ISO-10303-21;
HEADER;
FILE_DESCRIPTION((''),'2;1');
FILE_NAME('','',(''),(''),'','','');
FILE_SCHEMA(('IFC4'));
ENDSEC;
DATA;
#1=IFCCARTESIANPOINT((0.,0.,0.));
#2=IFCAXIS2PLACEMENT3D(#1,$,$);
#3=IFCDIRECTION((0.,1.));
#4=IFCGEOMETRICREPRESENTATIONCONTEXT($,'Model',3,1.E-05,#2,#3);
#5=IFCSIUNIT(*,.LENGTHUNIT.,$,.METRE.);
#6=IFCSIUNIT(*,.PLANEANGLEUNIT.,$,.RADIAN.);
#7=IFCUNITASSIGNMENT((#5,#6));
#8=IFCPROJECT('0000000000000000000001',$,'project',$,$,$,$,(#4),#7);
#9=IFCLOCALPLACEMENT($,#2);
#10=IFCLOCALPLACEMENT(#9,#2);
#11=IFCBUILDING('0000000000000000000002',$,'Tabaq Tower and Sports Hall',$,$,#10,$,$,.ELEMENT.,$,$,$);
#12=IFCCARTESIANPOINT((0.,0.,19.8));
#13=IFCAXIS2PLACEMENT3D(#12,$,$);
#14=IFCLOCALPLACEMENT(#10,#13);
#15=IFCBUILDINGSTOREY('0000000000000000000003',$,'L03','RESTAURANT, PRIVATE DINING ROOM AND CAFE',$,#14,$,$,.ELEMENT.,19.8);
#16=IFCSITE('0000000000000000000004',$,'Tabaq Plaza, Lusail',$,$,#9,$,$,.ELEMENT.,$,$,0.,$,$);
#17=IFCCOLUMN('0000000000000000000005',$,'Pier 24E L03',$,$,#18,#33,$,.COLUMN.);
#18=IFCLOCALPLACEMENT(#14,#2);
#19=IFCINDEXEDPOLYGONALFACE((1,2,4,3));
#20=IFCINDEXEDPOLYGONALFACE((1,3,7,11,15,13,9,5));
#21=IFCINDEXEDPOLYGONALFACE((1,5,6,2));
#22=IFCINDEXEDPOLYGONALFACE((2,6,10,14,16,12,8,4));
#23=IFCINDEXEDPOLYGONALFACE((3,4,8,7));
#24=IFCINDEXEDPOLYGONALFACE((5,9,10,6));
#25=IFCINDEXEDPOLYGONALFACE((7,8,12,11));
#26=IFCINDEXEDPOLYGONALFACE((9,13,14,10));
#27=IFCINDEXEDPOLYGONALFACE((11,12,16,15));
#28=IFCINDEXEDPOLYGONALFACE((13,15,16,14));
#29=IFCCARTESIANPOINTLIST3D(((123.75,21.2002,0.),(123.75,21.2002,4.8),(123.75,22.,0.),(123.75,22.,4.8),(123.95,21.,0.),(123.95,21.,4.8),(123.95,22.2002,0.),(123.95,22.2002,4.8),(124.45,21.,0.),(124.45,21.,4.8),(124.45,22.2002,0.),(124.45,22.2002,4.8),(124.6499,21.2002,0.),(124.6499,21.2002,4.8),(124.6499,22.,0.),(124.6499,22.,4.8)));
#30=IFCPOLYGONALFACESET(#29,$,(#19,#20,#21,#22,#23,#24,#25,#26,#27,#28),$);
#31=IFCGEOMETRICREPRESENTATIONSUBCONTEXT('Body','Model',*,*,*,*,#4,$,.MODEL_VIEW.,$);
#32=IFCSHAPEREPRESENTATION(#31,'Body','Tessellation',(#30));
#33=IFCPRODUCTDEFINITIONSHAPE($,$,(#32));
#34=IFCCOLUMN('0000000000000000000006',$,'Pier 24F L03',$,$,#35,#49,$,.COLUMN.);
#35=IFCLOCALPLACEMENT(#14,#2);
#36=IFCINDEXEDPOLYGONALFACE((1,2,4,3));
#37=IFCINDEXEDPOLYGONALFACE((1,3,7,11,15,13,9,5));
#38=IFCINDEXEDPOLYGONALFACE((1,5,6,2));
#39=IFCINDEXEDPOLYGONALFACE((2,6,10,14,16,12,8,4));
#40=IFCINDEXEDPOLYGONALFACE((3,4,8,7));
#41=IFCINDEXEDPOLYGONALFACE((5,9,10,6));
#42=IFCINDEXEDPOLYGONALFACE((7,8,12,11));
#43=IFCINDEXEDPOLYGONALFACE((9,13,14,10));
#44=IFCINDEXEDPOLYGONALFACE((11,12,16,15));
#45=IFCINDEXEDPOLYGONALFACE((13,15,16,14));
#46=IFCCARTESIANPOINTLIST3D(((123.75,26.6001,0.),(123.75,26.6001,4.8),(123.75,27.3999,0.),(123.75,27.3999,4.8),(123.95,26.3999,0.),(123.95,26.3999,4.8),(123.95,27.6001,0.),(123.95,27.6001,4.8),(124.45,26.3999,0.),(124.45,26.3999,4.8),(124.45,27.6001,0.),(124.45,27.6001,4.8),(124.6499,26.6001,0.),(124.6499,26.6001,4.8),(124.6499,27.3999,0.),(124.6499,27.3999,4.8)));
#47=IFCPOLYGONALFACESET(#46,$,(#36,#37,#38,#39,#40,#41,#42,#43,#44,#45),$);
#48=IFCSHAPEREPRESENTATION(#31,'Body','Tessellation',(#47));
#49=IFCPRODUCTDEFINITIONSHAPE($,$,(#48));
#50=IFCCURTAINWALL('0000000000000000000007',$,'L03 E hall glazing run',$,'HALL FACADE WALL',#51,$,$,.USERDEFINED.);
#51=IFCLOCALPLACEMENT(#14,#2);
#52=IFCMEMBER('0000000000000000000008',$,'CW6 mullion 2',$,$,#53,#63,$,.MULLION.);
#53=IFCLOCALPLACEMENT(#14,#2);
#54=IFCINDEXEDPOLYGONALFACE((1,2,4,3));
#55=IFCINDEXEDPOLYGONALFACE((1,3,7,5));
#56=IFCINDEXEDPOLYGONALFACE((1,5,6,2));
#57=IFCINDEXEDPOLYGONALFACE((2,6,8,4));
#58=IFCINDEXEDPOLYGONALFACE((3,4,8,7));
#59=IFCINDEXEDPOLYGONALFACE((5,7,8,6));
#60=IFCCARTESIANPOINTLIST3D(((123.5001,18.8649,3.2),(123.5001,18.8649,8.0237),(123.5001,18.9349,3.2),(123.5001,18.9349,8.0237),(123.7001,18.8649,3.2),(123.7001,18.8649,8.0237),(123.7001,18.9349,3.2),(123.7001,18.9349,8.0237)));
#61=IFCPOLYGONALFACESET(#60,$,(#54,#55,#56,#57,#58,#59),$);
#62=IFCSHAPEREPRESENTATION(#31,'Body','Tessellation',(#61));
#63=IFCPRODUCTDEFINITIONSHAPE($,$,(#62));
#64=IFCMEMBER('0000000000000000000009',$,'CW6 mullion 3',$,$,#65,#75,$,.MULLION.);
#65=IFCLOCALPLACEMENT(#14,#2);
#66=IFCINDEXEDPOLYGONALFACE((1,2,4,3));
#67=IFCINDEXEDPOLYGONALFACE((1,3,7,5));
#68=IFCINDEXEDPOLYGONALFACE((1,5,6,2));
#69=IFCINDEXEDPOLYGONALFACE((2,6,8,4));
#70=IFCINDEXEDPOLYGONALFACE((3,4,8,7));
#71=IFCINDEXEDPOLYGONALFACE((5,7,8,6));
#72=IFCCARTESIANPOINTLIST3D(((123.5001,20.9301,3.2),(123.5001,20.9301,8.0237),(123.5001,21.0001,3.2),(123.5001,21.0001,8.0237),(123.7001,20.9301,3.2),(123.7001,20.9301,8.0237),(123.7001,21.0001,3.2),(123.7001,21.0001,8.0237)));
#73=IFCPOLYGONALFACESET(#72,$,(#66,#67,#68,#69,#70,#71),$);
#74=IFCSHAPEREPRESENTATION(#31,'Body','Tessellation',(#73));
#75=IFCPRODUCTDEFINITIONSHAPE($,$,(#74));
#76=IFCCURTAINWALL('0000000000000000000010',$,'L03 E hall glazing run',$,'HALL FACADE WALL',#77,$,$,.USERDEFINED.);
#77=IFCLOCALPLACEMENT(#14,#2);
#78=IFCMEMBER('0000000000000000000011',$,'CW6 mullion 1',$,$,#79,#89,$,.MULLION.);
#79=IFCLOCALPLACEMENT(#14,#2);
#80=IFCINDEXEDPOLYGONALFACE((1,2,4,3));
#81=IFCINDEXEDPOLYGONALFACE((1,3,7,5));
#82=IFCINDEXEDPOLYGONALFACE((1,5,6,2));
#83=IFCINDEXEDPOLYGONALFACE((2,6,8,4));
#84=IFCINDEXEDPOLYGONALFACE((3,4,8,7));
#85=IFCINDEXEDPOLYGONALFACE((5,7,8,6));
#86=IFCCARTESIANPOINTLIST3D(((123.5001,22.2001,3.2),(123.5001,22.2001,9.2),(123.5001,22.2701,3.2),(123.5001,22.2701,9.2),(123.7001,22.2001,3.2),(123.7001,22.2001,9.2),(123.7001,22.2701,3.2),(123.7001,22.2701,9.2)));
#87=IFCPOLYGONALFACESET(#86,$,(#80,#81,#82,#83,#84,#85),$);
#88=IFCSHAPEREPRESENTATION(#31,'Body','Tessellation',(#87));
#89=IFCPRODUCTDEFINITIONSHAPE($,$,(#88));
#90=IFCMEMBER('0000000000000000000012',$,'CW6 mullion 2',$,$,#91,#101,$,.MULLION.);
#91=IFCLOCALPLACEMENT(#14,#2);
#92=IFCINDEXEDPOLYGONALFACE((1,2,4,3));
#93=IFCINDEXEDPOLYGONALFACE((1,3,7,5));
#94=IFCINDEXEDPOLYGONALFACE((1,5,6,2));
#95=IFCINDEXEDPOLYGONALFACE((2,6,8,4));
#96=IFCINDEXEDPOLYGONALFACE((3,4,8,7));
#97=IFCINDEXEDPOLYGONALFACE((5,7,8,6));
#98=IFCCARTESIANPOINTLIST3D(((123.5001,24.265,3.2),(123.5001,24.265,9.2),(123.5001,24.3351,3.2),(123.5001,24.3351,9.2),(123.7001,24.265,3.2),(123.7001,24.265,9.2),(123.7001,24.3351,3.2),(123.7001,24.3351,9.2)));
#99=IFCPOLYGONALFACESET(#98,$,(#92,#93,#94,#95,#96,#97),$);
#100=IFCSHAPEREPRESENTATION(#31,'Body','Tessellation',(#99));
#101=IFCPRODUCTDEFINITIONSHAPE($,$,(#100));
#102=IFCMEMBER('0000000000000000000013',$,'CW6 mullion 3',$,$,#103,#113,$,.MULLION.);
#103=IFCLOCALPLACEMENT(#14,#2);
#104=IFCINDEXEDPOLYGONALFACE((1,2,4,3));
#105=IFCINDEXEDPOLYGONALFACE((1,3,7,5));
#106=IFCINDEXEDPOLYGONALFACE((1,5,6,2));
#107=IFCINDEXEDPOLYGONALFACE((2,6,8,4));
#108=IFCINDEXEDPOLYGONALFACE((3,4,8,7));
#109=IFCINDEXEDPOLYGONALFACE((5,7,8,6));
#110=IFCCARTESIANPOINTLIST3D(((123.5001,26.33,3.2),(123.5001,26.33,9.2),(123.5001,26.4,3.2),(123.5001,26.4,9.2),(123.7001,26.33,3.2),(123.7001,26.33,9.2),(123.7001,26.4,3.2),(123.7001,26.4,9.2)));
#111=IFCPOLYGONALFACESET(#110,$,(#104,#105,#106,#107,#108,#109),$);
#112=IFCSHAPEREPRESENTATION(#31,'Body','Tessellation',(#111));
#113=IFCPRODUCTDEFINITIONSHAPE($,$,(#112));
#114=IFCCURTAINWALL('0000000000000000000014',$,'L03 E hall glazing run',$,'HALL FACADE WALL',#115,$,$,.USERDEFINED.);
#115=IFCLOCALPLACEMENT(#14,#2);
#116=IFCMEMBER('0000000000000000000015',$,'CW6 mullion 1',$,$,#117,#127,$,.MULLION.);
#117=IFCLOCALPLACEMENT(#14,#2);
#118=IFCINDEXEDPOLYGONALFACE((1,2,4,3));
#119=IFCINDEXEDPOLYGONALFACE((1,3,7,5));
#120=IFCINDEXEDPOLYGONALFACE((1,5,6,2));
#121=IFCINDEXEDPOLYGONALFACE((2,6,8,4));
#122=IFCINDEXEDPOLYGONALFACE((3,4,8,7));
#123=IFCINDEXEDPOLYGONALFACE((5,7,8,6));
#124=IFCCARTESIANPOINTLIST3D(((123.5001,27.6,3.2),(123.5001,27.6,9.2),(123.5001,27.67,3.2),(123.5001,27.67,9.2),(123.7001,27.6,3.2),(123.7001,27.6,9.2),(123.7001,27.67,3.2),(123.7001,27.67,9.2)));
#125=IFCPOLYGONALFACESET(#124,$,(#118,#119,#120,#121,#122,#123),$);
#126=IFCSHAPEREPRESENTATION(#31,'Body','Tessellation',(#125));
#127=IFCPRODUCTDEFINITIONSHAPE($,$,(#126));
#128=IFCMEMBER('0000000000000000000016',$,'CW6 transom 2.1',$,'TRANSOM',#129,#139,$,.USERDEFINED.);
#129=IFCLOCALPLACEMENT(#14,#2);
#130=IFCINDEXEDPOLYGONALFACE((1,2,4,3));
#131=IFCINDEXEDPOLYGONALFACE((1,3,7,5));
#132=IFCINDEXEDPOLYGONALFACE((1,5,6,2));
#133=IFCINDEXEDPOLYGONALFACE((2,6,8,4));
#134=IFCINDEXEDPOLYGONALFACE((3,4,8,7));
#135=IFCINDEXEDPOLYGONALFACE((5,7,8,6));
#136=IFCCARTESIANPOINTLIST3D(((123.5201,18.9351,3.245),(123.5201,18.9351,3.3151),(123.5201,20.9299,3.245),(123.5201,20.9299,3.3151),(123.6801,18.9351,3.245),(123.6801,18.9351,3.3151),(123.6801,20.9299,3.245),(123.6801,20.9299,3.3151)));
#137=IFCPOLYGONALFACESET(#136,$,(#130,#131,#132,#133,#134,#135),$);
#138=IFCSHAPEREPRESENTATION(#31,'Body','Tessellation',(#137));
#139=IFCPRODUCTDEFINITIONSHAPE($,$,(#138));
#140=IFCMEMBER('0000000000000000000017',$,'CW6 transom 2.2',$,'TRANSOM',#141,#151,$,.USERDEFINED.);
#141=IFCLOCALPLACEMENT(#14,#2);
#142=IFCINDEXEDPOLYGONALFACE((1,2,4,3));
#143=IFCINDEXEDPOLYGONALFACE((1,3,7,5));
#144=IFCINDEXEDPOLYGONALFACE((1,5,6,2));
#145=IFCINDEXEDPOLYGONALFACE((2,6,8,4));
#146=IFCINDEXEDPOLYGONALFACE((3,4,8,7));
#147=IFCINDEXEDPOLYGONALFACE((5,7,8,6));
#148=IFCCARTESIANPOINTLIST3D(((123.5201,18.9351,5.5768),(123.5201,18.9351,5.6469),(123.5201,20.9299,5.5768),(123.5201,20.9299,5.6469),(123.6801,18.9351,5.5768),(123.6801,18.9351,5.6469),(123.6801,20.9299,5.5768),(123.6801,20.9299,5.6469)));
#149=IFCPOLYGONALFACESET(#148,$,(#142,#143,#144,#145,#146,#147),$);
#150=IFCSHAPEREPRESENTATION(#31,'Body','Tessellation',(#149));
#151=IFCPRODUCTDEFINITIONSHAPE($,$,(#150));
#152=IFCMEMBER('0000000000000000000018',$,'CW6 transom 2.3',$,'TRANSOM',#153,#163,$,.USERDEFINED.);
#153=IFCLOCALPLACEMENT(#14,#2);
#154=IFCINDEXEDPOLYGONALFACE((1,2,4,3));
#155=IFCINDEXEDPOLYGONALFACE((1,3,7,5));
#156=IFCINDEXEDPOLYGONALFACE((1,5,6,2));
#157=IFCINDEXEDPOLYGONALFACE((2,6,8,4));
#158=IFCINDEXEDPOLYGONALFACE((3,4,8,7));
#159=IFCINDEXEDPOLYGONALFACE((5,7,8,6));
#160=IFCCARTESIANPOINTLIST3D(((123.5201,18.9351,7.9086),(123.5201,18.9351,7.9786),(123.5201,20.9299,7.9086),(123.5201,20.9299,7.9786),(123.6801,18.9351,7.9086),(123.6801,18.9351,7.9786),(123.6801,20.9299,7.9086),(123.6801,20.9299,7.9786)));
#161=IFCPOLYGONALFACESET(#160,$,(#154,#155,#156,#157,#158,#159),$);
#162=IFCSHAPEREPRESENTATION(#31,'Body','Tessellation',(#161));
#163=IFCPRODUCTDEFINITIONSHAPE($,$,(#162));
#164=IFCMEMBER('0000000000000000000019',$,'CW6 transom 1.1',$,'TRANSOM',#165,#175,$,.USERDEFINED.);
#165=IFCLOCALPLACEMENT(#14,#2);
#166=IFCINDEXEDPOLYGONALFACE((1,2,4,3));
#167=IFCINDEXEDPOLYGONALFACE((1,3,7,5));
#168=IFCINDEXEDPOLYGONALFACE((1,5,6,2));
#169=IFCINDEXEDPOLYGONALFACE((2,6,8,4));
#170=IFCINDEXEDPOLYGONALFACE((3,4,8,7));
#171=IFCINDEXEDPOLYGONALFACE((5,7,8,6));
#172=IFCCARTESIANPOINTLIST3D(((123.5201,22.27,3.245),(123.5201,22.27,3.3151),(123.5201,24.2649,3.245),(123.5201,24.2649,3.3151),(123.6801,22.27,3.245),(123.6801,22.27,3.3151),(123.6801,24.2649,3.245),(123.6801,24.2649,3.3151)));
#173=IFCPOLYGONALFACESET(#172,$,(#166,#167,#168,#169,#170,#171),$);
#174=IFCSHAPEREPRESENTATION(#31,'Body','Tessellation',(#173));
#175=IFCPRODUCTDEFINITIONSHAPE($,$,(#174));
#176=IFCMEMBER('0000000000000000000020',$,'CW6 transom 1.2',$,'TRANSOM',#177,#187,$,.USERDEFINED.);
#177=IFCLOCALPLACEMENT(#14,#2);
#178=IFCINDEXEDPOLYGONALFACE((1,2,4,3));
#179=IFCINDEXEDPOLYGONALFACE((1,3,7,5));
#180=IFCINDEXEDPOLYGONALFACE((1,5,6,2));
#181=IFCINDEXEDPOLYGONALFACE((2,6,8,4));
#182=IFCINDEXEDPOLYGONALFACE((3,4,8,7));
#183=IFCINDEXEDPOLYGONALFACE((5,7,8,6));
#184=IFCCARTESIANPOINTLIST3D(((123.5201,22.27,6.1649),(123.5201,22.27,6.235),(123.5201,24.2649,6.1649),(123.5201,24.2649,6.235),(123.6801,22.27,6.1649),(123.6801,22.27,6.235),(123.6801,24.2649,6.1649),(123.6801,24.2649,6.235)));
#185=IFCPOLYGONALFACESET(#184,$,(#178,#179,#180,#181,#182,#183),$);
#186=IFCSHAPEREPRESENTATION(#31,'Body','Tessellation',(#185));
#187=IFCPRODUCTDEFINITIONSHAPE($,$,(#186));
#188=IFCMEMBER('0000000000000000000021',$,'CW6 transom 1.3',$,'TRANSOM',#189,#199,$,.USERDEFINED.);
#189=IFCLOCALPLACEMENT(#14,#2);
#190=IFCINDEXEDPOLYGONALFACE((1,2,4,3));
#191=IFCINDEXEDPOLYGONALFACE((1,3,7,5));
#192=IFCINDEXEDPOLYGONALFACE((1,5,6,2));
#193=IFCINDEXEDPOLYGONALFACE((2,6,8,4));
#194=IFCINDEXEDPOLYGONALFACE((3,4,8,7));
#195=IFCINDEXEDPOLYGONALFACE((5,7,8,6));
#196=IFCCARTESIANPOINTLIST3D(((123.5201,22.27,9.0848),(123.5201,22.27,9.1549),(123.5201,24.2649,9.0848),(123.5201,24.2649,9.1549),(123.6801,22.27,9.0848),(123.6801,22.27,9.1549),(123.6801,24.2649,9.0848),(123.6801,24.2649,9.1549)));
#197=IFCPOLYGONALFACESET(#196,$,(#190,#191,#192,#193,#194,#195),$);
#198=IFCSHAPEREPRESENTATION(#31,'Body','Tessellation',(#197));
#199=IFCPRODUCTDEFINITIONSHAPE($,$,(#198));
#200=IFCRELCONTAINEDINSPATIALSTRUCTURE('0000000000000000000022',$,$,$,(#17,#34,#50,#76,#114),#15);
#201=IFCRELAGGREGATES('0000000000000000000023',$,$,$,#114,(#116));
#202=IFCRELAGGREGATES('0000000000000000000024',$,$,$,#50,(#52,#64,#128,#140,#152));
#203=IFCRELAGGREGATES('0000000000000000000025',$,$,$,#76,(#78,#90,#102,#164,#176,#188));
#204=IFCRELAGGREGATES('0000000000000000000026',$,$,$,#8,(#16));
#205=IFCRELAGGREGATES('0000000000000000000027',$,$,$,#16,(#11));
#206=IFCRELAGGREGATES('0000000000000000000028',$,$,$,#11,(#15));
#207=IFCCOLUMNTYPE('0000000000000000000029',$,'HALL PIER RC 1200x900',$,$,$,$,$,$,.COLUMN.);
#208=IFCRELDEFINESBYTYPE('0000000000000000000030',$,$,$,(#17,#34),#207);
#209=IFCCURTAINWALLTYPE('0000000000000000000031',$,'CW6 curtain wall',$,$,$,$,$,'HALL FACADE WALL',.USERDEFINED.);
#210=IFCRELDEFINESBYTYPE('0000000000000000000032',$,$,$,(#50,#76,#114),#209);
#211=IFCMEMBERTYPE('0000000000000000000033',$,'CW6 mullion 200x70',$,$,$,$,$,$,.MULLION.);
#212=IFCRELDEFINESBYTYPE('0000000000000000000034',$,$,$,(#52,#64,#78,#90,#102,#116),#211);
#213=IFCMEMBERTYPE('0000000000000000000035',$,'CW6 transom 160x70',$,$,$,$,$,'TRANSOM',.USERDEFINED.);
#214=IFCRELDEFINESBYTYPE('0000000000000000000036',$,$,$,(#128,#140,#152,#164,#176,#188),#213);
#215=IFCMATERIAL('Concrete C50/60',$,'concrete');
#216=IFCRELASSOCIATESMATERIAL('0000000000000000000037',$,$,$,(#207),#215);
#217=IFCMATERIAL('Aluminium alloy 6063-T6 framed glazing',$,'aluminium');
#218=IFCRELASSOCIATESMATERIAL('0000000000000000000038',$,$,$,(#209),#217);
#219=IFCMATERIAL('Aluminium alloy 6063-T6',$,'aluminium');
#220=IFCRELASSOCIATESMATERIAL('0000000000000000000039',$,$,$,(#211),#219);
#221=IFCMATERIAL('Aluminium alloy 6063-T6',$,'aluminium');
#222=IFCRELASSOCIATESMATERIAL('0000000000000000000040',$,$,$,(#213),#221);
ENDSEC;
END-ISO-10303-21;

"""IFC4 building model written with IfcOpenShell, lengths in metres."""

from ifc_helpers import new_model, si_unit, direction, frame, origin, origin_2d, place, context, subcontext, project, spatial, polyline, rectangle, outline, extrude, material, material_profile, profile_set, type_object, element, aggregate, save


model = new_model("IFC4")

# Units and contexts
model_context = context("Model", 3, precision=1e-05, world=origin(), true_north=direction((0.0, 1.0)))
body_context = subcontext(model_context, "Body", "Model", "MODEL_VIEW")
ifc_project = project(units=[si_unit("LENGTHUNIT", "METRE"), si_unit("PLANEANGLEUNIT", "RADIAN")], contexts=[model_context])

# Site, building, storey
site_placement = place(None, origin())
site = spatial("IfcSite", under=ifc_project, at=site_placement, Name="Tabaq Plaza, Lusail", CompositionType="ELEMENT", RefElevation=0.0)
building_placement = place(site_placement, origin())
building = spatial("IfcBuilding", under=site, at=building_placement, Name="Tabaq Tower and Sports Hall", CompositionType="ELEMENT")
storey_placement = place(building_placement, frame((0.0, 0.0, 19.8)))
storey = spatial("IfcBuildingStorey", under=building, at=storey_placement, Name="L03", Description="RESTAURANT, PRIVATE DINING ROOM AND CAFE", CompositionType="ELEMENT", Elevation=19.8)

# Columns
ifc_material_1 = material(Name="Concrete C50/60", Category="concrete")
ifc_material_profile_1 = material_profile(ifc_material_1, outline(polyline([(-0.3999, -0.45), (0.3999, -0.45), (0.6001, -0.25), (0.6001, 0.25), (0.3999, 0.45), (-0.3999, 0.45), (-0.6001, 0.25), (-0.6001, -0.25), (-0.3999, -0.45)])), Name="PIER 1200x900")
ifc_profile_set_1 = profile_set([ifc_material_profile_1], Name="Concrete C50/60")
column_type = type_object("IfcColumnType", Name="HALL PIER RC 1200x900", PredefinedType="COLUMN", material=ifc_profile_set_1)
for number, where, z_axis, x_axis, name in (
    (1, (124.2, 21.6001, 0.0), (0.0, 0.0, 1.0), (0.0, 1.0, 0.0), "Pier 24E L03"),
    (2, (124.2, 27.0, 0.0), (0.0, 0.0, 1.0), (0.0, 1.0, 0.0), "Pier 24F L03"),
):
    element("IfcColumn", number, at=place(storey_placement, frame(where, z_axis=z_axis, x_axis=x_axis)), inside=storey, type_object=column_type, Name=name, PredefinedType="COLUMN", context=body_context, shape_type="SweptSolid", body=[
        extrude(outline(polyline([(-0.3999, -0.45), (0.3999, -0.45), (0.6001, -0.25), (0.6001, 0.25), (0.3999, 0.45), (-0.3999, 0.45), (-0.6001, 0.25), (-0.6001, -0.25), (-0.3999, -0.45)])), origin(), (0.0, 0.0, 1.0), 4.8),
    ])

# Curtain walls, members
ifc_material_2 = material(Name="Aluminium alloy 6063-T6 framed glazing", Category="aluminium")
curtain_wall_type = type_object("IfcCurtainWallType", Name="CW6 curtain wall", ElementType="HALL FACADE WALL", PredefinedType="USERDEFINED", material=ifc_material_2)
curtain_wall_1_placement = place(storey_placement, origin())
curtain_wall_1 = element("IfcCurtainWall", 3, at=curtain_wall_1_placement, inside=storey, type_object=curtain_wall_type, Name="L03 E hall glazing run", ObjectType="HALL FACADE WALL", PredefinedType="USERDEFINED")
ifc_material_3 = material(Name="Aluminium alloy 6063-T6", Category="aluminium")
ifc_material_profile_2 = material_profile(ifc_material_3, rectangle(XDim=0.2, YDim=0.0701, at=origin_2d()), Name="MULLION 200x70")
ifc_profile_set_2 = profile_set([ifc_material_profile_2], Name="Aluminium alloy 6063-T6")
member_type_1 = type_object("IfcMemberType", Name="CW6 mullion 200x70", PredefinedType="MULLION", material=ifc_profile_set_2)
member_1_placement = place(storey_placement, frame((123.6001, 18.8999, 3.2), z_axis=(0.0, 0.0, 1.0), x_axis=(-1.0, 0.0, 0.0)))
member_1 = element("IfcMember", 4, at=member_1_placement, type_object=member_type_1, Name="CW6 mullion 2", PredefinedType="MULLION", context=body_context, shape_type="SweptSolid", body=[
    extrude(rectangle(XDim=0.2, YDim=0.0701, at=origin_2d()), origin(), (0.0, 0.0, 1.0), 4.8237),
])
member_2_placement = place(storey_placement, frame((123.6001, 20.9651, 3.2), z_axis=(0.0, 0.0, 1.0), x_axis=(-1.0, 0.0, 0.0)))
member_2 = element("IfcMember", 5, at=member_2_placement, type_object=member_type_1, Name="CW6 mullion 3", PredefinedType="MULLION", context=body_context, shape_type="SweptSolid", body=[
    extrude(rectangle(XDim=0.2, YDim=0.0701, at=origin_2d()), origin(), (0.0, 0.0, 1.0), 4.8237),
])
curtain_wall_2_placement = place(storey_placement, origin())
curtain_wall_2 = element("IfcCurtainWall", 6, at=curtain_wall_2_placement, inside=storey, type_object=curtain_wall_type, Name="L03 E hall glazing run", ObjectType="HALL FACADE WALL", PredefinedType="USERDEFINED")
member_3_placement = place(storey_placement, frame((123.6001, 22.2351, 3.2), z_axis=(0.0, 0.0, 1.0), x_axis=(-1.0, 0.0, 0.0)))
member_3 = element("IfcMember", 7, at=member_3_placement, type_object=member_type_1, Name="CW6 mullion 1", PredefinedType="MULLION", context=body_context, shape_type="SweptSolid", body=[
    extrude(rectangle(XDim=0.2, YDim=0.0701, at=origin_2d()), origin(), (0.0, 0.0, 1.0), 6.0),
])
member_4_placement = place(storey_placement, frame((123.6001, 24.3, 3.2), z_axis=(0.0, 0.0, 1.0), x_axis=(-1.0, 0.0, 0.0)))
member_4 = element("IfcMember", 8, at=member_4_placement, type_object=member_type_1, Name="CW6 mullion 2", PredefinedType="MULLION", context=body_context, shape_type="SweptSolid", body=[
    extrude(rectangle(XDim=0.2, YDim=0.0701, at=origin_2d()), origin(), (0.0, 0.0, 1.0), 6.0),
])
member_5_placement = place(storey_placement, frame((123.6001, 26.365, 3.2), z_axis=(0.0, 0.0, 1.0), x_axis=(-1.0, 0.0, 0.0)))
member_5 = element("IfcMember", 9, at=member_5_placement, type_object=member_type_1, Name="CW6 mullion 3", PredefinedType="MULLION", context=body_context, shape_type="SweptSolid", body=[
    extrude(rectangle(XDim=0.2, YDim=0.0701, at=origin_2d()), origin(), (0.0, 0.0, 1.0), 6.0),
])

# Curtain wall, member
curtain_wall_3_placement = place(storey_placement, origin())
curtain_wall_3 = element("IfcCurtainWall", 10, at=curtain_wall_3_placement, inside=storey, type_object=curtain_wall_type, Name="L03 E hall glazing run", ObjectType="HALL FACADE WALL", PredefinedType="USERDEFINED")
member_6_placement = place(storey_placement, frame((123.6001, 27.635, 3.2), z_axis=(0.0, 0.0, 1.0), x_axis=(-1.0, 0.0, 0.0)))
member_6 = element("IfcMember", 11, at=member_6_placement, type_object=member_type_1, Name="CW6 mullion 1", PredefinedType="MULLION", context=body_context, shape_type="SweptSolid", body=[
    extrude(rectangle(XDim=0.2, YDim=0.0701, at=origin_2d()), origin(), (0.0, 0.0, 1.0), 6.0),
])

# Members
ifc_material_4 = material(Name="Aluminium alloy 6063-T6", Category="aluminium")
ifc_material_profile_3 = material_profile(ifc_material_4, rectangle(XDim=0.1599, YDim=0.0701, at=origin_2d()), Name="TRANSOM 160x70")
ifc_profile_set_3 = profile_set([ifc_material_profile_3], Name="Aluminium alloy 6063-T6")
member_type_2 = type_object("IfcMemberType", Name="CW6 transom 160x70", ElementType="TRANSOM", PredefinedType="USERDEFINED", material=ifc_profile_set_3)
member_7_placement = place(storey_placement, frame((123.6001, 18.9351, 3.28), z_axis=(0.0, 1.0, 0.0), x_axis=(-1.0, 0.0, 0.0)))
member_7 = element("IfcMember", 12, at=member_7_placement, type_object=member_type_2, Name="CW6 transom 2.1", ObjectType="TRANSOM", PredefinedType="USERDEFINED", context=body_context, shape_type="SweptSolid", body=[
    extrude(rectangle(XDim=0.1599, YDim=0.0701, at=origin_2d()), origin(), (0.0, 0.0, 1.0), 1.9949),
])
member_8_placement = place(storey_placement, frame((123.6001, 18.9351, 5.6118), z_axis=(0.0, 1.0, 0.0), x_axis=(-1.0, 0.0, 0.0)))
member_8 = element("IfcMember", 13, at=member_8_placement, type_object=member_type_2, Name="CW6 transom 2.2", ObjectType="TRANSOM", PredefinedType="USERDEFINED", context=body_context, shape_type="SweptSolid", body=[
    extrude(rectangle(XDim=0.1599, YDim=0.0701, at=origin_2d()), origin(), (0.0, 0.0, 1.0), 1.9949),
])
member_9_placement = place(storey_placement, frame((123.6001, 18.9351, 7.9436), z_axis=(0.0, 1.0, 0.0), x_axis=(-1.0, 0.0, 0.0)))
member_9 = element("IfcMember", 14, at=member_9_placement, type_object=member_type_2, Name="CW6 transom 2.3", ObjectType="TRANSOM", PredefinedType="USERDEFINED", context=body_context, shape_type="SweptSolid", body=[
    extrude(rectangle(XDim=0.1599, YDim=0.0701, at=origin_2d()), origin(), (0.0, 0.0, 1.0), 1.9949),
])
member_10_placement = place(storey_placement, frame((123.6001, 22.27, 3.28), z_axis=(0.0, 1.0, 0.0), x_axis=(-1.0, 0.0, 0.0)))
member_10 = element("IfcMember", 15, at=member_10_placement, type_object=member_type_2, Name="CW6 transom 1.1", ObjectType="TRANSOM", PredefinedType="USERDEFINED", context=body_context, shape_type="SweptSolid", body=[
    extrude(rectangle(XDim=0.1599, YDim=0.0701, at=origin_2d()), origin(), (0.0, 0.0, 1.0), 1.9949),
])
member_11_placement = place(storey_placement, frame((123.6001, 22.27, 6.2), z_axis=(0.0, 1.0, 0.0), x_axis=(-1.0, 0.0, 0.0)))
member_11 = element("IfcMember", 16, at=member_11_placement, type_object=member_type_2, Name="CW6 transom 1.2", ObjectType="TRANSOM", PredefinedType="USERDEFINED", context=body_context, shape_type="SweptSolid", body=[
    extrude(rectangle(XDim=0.1599, YDim=0.0701, at=origin_2d()), origin(), (0.0, 0.0, 1.0), 1.9949),
])
member_12_placement = place(storey_placement, frame((123.6001, 22.27, 9.1199), z_axis=(0.0, 1.0, 0.0), x_axis=(-1.0, 0.0, 0.0)))
member_12 = element("IfcMember", 17, at=member_12_placement, type_object=member_type_2, Name="CW6 transom 1.3", ObjectType="TRANSOM", PredefinedType="USERDEFINED", context=body_context, shape_type="SweptSolid", body=[
    extrude(rectangle(XDim=0.1599, YDim=0.0701, at=origin_2d()), origin(), (0.0, 0.0, 1.0), 1.9949),
])
aggregate(curtain_wall_3, [member_6])

aggregate(curtain_wall_1, [member_1, member_2, member_7, member_8, member_9])
aggregate(curtain_wall_2, [member_3, member_4, member_5, member_10, member_11, member_12])

save(model, "model.ifc")
